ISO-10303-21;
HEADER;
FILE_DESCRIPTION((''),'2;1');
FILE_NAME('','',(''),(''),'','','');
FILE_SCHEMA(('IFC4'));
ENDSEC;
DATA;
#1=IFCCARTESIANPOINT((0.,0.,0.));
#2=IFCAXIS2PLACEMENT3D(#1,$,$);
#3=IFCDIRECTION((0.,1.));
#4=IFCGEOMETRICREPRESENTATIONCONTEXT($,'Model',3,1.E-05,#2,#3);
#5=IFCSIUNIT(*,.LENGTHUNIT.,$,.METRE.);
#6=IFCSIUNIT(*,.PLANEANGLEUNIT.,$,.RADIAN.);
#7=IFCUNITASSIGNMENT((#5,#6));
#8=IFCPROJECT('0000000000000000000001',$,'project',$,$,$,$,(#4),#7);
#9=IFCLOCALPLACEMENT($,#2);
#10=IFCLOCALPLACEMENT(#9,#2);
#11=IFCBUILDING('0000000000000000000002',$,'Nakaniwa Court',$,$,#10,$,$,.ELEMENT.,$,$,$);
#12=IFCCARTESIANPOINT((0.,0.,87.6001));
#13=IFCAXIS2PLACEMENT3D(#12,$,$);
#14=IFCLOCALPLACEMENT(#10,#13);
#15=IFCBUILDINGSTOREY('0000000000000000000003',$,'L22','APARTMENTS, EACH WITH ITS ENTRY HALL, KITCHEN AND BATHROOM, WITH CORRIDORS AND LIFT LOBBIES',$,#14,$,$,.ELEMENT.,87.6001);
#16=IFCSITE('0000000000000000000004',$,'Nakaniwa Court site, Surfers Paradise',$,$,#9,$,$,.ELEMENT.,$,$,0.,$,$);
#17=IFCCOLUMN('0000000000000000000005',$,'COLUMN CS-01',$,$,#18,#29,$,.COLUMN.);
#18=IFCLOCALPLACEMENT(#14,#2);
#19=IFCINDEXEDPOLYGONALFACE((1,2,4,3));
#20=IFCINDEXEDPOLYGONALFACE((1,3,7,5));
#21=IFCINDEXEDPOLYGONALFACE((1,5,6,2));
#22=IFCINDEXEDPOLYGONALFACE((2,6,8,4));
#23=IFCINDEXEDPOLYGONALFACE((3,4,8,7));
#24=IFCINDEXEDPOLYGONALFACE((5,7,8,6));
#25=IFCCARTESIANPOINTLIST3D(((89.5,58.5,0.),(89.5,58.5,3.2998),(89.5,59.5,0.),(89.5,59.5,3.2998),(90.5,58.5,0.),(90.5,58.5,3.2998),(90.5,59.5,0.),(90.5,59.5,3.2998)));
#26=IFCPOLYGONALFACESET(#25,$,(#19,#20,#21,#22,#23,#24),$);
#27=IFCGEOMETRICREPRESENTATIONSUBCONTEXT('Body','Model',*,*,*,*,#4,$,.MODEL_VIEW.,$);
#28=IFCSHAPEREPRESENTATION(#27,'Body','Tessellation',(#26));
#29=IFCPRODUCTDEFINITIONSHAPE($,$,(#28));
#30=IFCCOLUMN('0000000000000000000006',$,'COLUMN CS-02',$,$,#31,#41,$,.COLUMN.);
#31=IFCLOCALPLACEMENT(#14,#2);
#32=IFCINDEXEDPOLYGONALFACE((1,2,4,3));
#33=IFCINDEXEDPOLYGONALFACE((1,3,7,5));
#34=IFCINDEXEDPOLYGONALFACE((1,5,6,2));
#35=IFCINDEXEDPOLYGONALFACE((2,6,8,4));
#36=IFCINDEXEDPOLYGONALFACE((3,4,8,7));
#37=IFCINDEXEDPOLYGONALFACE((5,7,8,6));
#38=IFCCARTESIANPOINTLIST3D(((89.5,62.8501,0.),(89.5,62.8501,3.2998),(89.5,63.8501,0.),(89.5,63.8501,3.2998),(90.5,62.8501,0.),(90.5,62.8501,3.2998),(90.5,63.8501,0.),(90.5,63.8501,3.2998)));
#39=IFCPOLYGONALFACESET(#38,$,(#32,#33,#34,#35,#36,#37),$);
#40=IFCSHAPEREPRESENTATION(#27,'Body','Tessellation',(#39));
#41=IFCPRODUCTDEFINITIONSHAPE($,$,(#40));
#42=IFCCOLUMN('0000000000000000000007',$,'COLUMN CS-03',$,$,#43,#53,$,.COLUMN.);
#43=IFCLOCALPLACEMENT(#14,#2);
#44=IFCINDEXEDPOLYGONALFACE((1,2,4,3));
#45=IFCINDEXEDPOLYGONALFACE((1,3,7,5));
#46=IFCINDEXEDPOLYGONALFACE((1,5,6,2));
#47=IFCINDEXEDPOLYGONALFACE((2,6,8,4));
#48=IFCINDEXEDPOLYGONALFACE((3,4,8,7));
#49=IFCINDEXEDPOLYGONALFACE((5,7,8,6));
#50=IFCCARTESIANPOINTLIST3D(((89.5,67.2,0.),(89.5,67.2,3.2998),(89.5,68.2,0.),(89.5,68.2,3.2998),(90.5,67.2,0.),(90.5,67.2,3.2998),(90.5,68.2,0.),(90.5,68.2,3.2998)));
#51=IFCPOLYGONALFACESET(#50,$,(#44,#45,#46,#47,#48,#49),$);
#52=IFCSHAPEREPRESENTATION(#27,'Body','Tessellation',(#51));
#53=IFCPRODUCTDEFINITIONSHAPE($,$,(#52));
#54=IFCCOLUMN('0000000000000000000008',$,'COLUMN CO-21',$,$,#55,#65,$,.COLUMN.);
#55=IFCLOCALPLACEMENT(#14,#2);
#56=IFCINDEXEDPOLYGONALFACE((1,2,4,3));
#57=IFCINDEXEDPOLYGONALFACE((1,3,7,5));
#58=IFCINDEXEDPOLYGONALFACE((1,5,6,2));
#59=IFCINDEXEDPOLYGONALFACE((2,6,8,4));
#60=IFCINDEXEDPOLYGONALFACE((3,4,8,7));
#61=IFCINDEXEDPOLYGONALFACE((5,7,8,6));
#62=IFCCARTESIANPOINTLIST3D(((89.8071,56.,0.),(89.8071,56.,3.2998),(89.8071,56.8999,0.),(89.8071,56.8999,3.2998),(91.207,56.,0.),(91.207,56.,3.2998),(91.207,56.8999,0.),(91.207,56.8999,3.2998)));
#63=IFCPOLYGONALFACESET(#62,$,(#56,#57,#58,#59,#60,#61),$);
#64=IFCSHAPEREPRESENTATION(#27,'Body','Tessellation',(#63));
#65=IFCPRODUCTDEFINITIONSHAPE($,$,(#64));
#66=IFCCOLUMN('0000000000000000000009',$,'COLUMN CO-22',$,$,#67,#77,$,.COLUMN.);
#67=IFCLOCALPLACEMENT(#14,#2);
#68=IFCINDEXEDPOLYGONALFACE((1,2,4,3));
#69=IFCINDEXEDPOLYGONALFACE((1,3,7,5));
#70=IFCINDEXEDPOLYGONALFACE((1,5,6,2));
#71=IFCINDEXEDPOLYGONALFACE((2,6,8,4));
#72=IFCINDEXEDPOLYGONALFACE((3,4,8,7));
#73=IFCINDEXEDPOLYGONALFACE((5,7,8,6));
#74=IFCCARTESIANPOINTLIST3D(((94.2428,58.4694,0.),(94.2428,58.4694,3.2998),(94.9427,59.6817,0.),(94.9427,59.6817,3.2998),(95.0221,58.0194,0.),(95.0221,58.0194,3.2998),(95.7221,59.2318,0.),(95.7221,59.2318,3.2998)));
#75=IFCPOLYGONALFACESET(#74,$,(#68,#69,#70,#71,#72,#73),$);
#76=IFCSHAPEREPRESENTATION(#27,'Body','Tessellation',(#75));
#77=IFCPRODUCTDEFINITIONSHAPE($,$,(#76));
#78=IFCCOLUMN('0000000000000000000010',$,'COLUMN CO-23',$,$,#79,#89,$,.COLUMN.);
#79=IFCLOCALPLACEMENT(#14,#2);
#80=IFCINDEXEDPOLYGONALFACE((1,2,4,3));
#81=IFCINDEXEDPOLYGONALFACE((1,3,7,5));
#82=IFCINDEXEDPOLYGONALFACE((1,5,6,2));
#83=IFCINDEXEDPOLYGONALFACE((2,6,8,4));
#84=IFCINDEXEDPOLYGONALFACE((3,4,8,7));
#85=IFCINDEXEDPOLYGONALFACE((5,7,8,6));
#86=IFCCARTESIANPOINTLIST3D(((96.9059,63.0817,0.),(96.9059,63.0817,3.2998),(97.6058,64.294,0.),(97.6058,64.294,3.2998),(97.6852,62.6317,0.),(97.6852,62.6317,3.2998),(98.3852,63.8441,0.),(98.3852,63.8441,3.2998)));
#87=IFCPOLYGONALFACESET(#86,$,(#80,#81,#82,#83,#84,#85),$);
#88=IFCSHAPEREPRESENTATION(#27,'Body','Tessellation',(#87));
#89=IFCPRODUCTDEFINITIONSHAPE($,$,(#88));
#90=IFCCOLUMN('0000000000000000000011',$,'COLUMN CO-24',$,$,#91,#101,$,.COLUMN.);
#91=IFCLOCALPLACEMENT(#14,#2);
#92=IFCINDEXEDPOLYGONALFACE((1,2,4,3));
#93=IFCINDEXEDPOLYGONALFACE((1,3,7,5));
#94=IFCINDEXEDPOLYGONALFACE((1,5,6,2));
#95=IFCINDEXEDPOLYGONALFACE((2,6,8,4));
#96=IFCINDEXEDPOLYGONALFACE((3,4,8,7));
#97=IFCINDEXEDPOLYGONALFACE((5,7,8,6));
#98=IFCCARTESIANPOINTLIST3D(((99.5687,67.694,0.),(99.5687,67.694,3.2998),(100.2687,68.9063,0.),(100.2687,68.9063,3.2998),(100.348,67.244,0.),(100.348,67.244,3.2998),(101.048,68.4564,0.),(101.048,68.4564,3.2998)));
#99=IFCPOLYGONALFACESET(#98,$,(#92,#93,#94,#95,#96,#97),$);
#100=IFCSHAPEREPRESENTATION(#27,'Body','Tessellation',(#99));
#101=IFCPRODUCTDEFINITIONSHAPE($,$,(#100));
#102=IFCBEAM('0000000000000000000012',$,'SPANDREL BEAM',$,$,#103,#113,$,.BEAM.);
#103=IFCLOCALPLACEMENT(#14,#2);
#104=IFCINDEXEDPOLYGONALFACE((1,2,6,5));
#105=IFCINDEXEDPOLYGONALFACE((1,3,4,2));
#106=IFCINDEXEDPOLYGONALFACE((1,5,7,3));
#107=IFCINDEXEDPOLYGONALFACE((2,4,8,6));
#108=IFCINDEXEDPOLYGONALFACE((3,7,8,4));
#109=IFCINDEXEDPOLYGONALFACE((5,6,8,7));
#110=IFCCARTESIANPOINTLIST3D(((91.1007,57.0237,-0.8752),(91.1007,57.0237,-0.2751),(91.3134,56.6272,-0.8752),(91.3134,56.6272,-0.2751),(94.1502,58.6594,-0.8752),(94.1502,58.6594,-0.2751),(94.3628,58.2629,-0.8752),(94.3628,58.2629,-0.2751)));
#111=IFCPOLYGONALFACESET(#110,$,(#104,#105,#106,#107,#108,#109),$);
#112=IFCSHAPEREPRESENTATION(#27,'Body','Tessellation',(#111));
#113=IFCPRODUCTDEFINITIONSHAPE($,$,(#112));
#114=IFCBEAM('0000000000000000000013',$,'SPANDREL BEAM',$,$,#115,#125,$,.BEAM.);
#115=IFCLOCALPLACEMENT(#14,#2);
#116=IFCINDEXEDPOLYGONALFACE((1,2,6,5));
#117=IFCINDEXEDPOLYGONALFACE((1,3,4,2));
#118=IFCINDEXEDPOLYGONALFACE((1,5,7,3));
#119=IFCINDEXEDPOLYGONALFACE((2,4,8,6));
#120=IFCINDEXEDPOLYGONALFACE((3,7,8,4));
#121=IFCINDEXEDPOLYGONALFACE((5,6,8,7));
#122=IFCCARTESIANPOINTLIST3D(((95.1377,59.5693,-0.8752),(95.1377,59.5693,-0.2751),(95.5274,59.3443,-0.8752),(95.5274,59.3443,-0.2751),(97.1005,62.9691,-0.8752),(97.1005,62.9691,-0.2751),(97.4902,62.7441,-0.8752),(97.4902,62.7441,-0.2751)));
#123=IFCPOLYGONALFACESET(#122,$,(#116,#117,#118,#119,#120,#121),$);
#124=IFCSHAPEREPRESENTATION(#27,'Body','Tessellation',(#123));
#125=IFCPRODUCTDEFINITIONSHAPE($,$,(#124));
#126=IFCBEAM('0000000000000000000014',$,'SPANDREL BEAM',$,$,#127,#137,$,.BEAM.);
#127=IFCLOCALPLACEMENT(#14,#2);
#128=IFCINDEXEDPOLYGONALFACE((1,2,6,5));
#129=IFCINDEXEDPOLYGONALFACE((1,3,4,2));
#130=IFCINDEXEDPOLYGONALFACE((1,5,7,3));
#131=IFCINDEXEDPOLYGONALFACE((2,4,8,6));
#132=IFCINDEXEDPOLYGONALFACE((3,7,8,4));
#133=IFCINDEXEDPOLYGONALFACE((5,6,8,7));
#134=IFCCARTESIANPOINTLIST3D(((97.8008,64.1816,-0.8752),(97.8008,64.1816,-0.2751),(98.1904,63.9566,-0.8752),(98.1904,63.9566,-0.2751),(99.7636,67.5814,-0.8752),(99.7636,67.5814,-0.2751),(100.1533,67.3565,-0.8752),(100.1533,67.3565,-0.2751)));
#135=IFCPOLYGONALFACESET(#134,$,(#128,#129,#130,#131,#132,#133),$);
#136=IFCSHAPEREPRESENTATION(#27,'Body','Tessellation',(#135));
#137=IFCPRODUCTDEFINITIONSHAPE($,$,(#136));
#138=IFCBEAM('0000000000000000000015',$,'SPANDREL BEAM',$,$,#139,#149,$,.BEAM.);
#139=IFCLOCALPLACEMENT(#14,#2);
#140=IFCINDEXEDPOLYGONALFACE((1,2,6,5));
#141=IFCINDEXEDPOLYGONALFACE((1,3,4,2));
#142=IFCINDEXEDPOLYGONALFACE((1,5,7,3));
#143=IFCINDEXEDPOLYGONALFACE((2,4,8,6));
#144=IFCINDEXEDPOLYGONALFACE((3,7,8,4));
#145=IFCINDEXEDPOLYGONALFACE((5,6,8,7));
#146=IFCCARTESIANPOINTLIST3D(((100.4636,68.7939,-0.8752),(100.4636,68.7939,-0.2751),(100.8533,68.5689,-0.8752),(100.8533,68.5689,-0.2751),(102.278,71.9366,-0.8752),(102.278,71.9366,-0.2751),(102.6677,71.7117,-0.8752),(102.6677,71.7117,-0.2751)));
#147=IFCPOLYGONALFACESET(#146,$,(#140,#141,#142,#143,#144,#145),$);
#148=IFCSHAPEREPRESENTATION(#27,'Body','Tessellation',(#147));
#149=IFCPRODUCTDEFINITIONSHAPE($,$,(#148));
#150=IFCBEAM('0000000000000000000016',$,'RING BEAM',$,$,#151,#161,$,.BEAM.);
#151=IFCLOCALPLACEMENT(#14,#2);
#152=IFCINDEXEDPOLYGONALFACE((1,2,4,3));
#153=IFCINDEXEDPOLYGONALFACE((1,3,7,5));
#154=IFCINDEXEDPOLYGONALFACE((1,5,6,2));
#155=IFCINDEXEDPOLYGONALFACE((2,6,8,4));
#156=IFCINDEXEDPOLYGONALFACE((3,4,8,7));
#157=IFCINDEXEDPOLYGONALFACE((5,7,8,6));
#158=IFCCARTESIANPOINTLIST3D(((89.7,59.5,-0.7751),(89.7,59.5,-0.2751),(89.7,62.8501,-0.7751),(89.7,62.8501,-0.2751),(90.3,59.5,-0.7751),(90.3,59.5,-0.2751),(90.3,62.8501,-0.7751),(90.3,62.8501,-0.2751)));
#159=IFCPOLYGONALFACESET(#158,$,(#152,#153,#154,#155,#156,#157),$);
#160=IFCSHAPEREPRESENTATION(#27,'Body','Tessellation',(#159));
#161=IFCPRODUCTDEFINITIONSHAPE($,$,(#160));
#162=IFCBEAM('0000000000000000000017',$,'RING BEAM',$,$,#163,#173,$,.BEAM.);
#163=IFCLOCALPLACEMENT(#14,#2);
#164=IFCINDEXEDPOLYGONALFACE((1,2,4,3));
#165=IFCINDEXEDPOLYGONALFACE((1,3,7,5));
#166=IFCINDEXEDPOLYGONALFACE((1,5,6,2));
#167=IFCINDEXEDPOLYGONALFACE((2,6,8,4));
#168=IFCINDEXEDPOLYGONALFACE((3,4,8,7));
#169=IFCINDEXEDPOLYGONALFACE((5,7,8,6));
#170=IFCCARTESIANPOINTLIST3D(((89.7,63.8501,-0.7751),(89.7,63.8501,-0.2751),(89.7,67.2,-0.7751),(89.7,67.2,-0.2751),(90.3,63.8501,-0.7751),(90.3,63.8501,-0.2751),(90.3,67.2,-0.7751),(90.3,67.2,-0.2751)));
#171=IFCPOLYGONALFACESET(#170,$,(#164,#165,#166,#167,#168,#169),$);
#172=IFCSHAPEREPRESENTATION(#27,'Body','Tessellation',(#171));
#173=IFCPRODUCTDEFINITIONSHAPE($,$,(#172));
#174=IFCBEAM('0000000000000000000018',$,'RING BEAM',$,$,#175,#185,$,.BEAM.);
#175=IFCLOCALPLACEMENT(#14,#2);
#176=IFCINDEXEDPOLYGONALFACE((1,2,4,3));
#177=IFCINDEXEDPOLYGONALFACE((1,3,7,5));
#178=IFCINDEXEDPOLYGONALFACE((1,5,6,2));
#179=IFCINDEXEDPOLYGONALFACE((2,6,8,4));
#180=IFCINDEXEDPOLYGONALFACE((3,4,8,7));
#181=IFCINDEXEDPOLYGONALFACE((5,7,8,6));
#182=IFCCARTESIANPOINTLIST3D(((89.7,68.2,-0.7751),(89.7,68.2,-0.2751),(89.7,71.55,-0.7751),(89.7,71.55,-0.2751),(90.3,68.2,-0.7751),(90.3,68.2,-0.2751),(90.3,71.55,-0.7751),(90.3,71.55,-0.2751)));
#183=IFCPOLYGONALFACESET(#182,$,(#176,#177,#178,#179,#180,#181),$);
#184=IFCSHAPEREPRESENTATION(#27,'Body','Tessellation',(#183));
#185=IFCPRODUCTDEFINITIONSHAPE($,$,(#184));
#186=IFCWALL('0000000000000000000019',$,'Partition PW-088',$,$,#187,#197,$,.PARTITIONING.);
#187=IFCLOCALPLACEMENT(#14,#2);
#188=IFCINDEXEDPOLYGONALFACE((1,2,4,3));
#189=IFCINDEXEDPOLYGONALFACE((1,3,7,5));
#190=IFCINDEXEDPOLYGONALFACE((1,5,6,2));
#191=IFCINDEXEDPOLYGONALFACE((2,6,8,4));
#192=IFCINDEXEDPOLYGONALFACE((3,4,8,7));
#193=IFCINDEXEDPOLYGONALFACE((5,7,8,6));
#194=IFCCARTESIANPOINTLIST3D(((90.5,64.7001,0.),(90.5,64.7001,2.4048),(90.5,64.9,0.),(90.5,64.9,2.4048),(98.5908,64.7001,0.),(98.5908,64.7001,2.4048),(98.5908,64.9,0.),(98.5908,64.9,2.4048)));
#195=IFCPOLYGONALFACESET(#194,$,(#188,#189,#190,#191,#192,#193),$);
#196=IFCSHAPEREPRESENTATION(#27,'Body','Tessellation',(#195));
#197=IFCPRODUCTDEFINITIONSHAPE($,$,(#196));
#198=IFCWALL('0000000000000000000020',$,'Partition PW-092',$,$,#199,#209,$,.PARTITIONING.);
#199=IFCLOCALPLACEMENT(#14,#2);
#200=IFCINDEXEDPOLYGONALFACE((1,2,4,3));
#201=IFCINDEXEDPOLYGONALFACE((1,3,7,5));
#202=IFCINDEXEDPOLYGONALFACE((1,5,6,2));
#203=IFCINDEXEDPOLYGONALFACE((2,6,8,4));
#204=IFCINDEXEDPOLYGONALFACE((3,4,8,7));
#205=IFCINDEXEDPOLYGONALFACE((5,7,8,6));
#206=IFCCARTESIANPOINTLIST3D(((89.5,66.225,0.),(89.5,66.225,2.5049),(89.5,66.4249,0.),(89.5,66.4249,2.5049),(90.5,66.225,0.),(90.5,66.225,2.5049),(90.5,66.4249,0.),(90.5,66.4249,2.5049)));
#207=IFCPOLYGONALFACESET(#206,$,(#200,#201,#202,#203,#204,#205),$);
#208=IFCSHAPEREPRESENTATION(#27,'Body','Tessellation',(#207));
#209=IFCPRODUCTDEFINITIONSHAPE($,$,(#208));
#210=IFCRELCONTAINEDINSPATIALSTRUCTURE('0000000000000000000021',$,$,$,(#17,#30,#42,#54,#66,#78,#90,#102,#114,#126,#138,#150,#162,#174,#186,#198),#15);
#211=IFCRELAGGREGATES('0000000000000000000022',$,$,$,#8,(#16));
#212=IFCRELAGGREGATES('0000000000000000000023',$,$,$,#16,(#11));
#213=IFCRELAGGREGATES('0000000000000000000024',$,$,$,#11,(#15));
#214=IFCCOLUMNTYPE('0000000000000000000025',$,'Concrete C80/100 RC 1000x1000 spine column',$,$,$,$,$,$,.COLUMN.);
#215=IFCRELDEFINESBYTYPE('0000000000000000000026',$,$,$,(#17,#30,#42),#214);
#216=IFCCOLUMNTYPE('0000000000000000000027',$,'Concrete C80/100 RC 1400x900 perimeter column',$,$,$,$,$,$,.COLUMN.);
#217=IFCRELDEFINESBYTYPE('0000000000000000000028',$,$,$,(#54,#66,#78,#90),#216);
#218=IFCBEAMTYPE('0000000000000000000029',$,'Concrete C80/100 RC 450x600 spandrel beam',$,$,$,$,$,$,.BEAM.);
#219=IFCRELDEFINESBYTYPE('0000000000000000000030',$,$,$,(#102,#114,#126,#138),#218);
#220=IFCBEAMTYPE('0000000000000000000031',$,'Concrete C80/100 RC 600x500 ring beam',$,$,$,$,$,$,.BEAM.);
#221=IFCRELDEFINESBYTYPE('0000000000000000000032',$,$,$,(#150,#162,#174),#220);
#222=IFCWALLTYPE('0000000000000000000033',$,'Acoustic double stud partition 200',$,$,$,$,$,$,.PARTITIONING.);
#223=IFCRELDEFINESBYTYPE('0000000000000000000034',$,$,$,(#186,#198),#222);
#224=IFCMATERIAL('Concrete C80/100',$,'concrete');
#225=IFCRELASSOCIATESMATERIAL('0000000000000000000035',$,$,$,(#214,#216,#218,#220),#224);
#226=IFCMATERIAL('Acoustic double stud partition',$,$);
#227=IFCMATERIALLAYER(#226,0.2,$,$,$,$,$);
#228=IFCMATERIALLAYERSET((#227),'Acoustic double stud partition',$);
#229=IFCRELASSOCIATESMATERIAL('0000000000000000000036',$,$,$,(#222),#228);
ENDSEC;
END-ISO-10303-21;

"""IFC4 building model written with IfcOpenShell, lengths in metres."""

from ifc_helpers import new_model, si_unit, direction, frame, frame_2d, origin, origin_2d, place, context, subcontext, project, spatial, rectangle, extrude, material, layer, layer_set, material_profile, profile_set, type_object, element, save


model = new_model("IFC4")

# Units and contexts
model_context = context("Model", 3, precision=1e-05, world=origin(), true_north=direction((0.0, 1.0)))
body_context = subcontext(model_context, "Body", "Model", "MODEL_VIEW")
ifc_project = project(units=[si_unit("LENGTHUNIT", "METRE"), si_unit("PLANEANGLEUNIT", "RADIAN")], contexts=[model_context])

# Site, building, storey
site_placement = place(None, origin())
site = spatial("IfcSite", under=ifc_project, at=site_placement, Name="Nakaniwa Court site, Surfers Paradise", CompositionType="ELEMENT", RefElevation=0.0)
building_placement = place(site_placement, origin())
building = spatial("IfcBuilding", under=site, at=building_placement, Name="Nakaniwa Court", CompositionType="ELEMENT")
storey_placement = place(building_placement, frame((0.0, 0.0, 87.6001)))
storey = spatial("IfcBuildingStorey", under=building, at=storey_placement, Name="L22", Description="APARTMENTS, EACH WITH ITS ENTRY HALL, KITCHEN AND BATHROOM, WITH CORRIDORS AND LIFT LOBBIES", CompositionType="ELEMENT", Elevation=87.6001)

# Columns
ifc_material_1 = material(Name="Concrete C80/100", Category="concrete")
ifc_material_profile_1 = material_profile(ifc_material_1, rectangle(XDim=1.0, YDim=1.0, at=origin_2d()), Name="Concrete C80/100 RC 1000x1000 spine column")
ifc_profile_set_1 = profile_set([ifc_material_profile_1], Name="Concrete C80/100")
column_type_1 = type_object("IfcColumnType", Name="Concrete C80/100 RC 1000x1000 spine column", PredefinedType="COLUMN", material=ifc_profile_set_1)
for number, where, z_axis, x_axis, name in (
    (1, (90.0, 59.0, 0.0), (0.0, 0.0, 1.0), (0.0, 1.0, 0.0), "COLUMN CS-01"),
    (2, (90.0, 63.3501, 0.0), (0.0, 0.0, 1.0), (0.0, 1.0, 0.0), "COLUMN CS-02"),
    (3, (90.0, 67.7, 0.0), (0.0, 0.0, 1.0), (0.0, 1.0, 0.0), "COLUMN CS-03"),
):
    element("IfcColumn", number, at=place(storey_placement, frame(where, z_axis=z_axis, x_axis=x_axis)), inside=storey, type_object=column_type_1, Name=name, PredefinedType="COLUMN", context=body_context, shape_type="SweptSolid", body=[
        extrude(rectangle(XDim=1.0, YDim=1.0, at=origin_2d()), origin(), (0.0, 0.0, 1.0), 3.2998),
    ])
ifc_material_profile_2 = material_profile(ifc_material_1, rectangle(XDim=1.3999, YDim=0.8999, at=origin_2d()), Name="Concrete C80/100 RC 1400x900 perimeter column")
ifc_profile_set_2 = profile_set([ifc_material_profile_2], Name="Concrete C80/100")
column_type_2 = type_object("IfcColumnType", Name="Concrete C80/100 RC 1400x900 perimeter column", PredefinedType="COLUMN", material=ifc_profile_set_2)
for number, where, z_axis, x_axis, name in (
    (4, (90.5071, 56.45, 0.0), (0.0, 0.0, 1.0), (1.0, 0.0, 0.0), "COLUMN CO-21"),
    (5, (94.9824, 58.8506, 0.0), (0.0, 0.0, 1.0), (0.5, 0.866025, 0.0), "COLUMN CO-22"),
    (6, (97.6455, 63.4629, 0.0), (0.0, 0.0, 1.0), (0.5, 0.866025, 0.0), "COLUMN CO-23"),
    (7, (100.3083, 68.0752, 0.0), (0.0, 0.0, 1.0), (0.5, 0.866025, 0.0), "COLUMN CO-24"),
):
    element("IfcColumn", number, at=place(storey_placement, frame(where, z_axis=z_axis, x_axis=x_axis)), inside=storey, type_object=column_type_2, Name=name, PredefinedType="COLUMN", context=body_context, shape_type="SweptSolid", body=[
        extrude(rectangle(XDim=1.3999, YDim=0.8999, at=origin_2d()), origin(), (0.0, 0.0, 1.0), 3.2998),
    ])

# Beams
ifc_material_profile_3 = material_profile(ifc_material_1, rectangle(XDim=0.45, YDim=0.6001, at=origin_2d()), Name="Concrete C80/100 RC 450x600 spandrel beam")
ifc_profile_set_3 = profile_set([ifc_material_profile_3], Name="Concrete C80/100")
beam_type_1 = type_object("IfcBeamType", Name="Concrete C80/100 RC 450x600 spandrel beam", PredefinedType="BEAM", material=ifc_profile_set_3)
beam_1_placement = place(storey_placement, frame((91.207, 56.8254, -0.5752), z_axis=(0.881233, 0.472681, 0.0), x_axis=(-0.472681, 0.881233, 0.0)))
element("IfcBeam", 8, at=beam_1_placement, inside=storey, type_object=beam_type_1, Name="SPANDREL BEAM", PredefinedType="BEAM", context=body_context, shape_type="SweptSolid", body=[
    extrude(rectangle(XDim=0.45, YDim=0.6001, at=origin_2d()), origin(), (0.0, 0.0, 1.0), 3.4604),
])
for number, where, z_axis, x_axis, name in (
    (9, (95.3325, 59.4568, -0.5752), (0.499992, 0.86603, 0.0), (-0.86603, 0.499992, 0.0), "SPANDREL BEAM"),
    (10, (97.9956, 64.0691, -0.5752), (0.499992, 0.86603, 0.0), (-0.86603, 0.499992, 0.0), "SPANDREL BEAM"),
):
    element("IfcBeam", number, at=place(storey_placement, frame(where, z_axis=z_axis, x_axis=x_axis)), inside=storey, type_object=beam_type_1, Name=name, PredefinedType="BEAM", context=body_context, shape_type="SweptSolid", body=[
        extrude(rectangle(XDim=0.45, YDim=0.6001, at=origin_2d()), origin(), (0.0, 0.0, 1.0), 3.9258),
    ])
beam_2_placement = place(storey_placement, frame((100.6584, 68.6814, -0.5752), z_axis=(0.499988, 0.866032, 0.0), x_axis=(-0.866032, 0.499988, 0.0)))
element("IfcBeam", 11, at=beam_2_placement, inside=storey, type_object=beam_type_1, Name="SPANDREL BEAM", PredefinedType="BEAM", context=body_context, shape_type="SweptSolid", body=[
    extrude(rectangle(XDim=0.45, YDim=0.6001, at=origin_2d()), origin(), (0.0, 0.0, 1.0), 3.6289),
])
ifc_material_profile_4 = material_profile(ifc_material_1, rectangle(XDim=0.6001, YDim=0.5, at=origin_2d()), Name="Concrete C80/100 RC 600x500 ring beam")
ifc_profile_set_4 = profile_set([ifc_material_profile_4], Name="Concrete C80/100")
beam_type_2 = type_object("IfcBeamType", Name="Concrete C80/100 RC 600x500 ring beam", PredefinedType="BEAM", material=ifc_profile_set_4)
beam_3_placement = place(storey_placement, frame((90.0, 59.5, -0.5251), z_axis=(0.0, 1.0, 0.0), x_axis=(-1.0, 0.0, 0.0)))
element("IfcBeam", 12, at=beam_3_placement, inside=storey, type_object=beam_type_2, Name="RING BEAM", PredefinedType="BEAM", context=body_context, shape_type="SweptSolid", body=[
    extrude(rectangle(XDim=0.6001, YDim=0.5, at=origin_2d()), origin(), (0.0, 0.0, 1.0), 3.3501),
])
beam_4_placement = place(storey_placement, frame((90.0, 63.8501, -0.5251), z_axis=(0.0, 1.0, 0.0), x_axis=(-1.0, 0.0, 0.0)))
element("IfcBeam", 13, at=beam_4_placement, inside=storey, type_object=beam_type_2, Name="RING BEAM", PredefinedType="BEAM", context=body_context, shape_type="SweptSolid", body=[
    extrude(rectangle(XDim=0.6001, YDim=0.5, at=origin_2d()), origin(), (0.0, 0.0, 1.0), 3.3499),
])
beam_5_placement = place(storey_placement, frame((90.0, 68.2, -0.5251), z_axis=(0.0, 1.0, 0.0), x_axis=(-1.0, 0.0, 0.0)))
element("IfcBeam", 14, at=beam_5_placement, inside=storey, type_object=beam_type_2, Name="RING BEAM", PredefinedType="BEAM", context=body_context, shape_type="SweptSolid", body=[
    extrude(rectangle(XDim=0.6001, YDim=0.5, at=origin_2d()), origin(), (0.0, 0.0, 1.0), 3.3501),
])

# Walls
ifc_material_2 = material(Name="Acoustic double stud partition")
ifc_layer_1 = layer(ifc_material_2, 0.2)
ifc_layer_set_1 = layer_set([ifc_layer_1], Name="Acoustic double stud partition")
wall_type_1 = type_object("IfcWallType", Name="Acoustic double stud partition 200", PredefinedType="PARTITIONING", material=ifc_layer_set_1)
wall_1_placement = place(storey_placement, frame((90.5, 64.8, 0.0), z_axis=(0.0, 0.0, 1.0), x_axis=(1.0, 0.0, 0.0)))
element("IfcWall", 15, at=wall_1_placement, inside=storey, type_object=wall_type_1, Name="Partition PW-088", PredefinedType="PARTITIONING", context=body_context, shape_type="SweptSolid", body=[
    extrude(rectangle(XDim=8.0908, YDim=0.2, at=frame_2d((4.0454, 0.0))), origin(), (0.0, 0.0, 1.0), 2.4048),
])
wall_2_placement = place(storey_placement, frame((89.5, 66.325, 0.0), z_axis=(0.0, 0.0, 1.0), x_axis=(1.0, 0.0, 0.0)))
element("IfcWall", 16, at=wall_2_placement, inside=storey, type_object=wall_type_1, Name="Partition PW-092", PredefinedType="PARTITIONING", context=body_context, shape_type="SweptSolid", body=[
    extrude(rectangle(XDim=1.0, YDim=0.2, at=frame_2d((0.5, 0.0))), origin(), (0.0, 0.0, 1.0), 2.5049),
])

save(model, "model.ifc")
